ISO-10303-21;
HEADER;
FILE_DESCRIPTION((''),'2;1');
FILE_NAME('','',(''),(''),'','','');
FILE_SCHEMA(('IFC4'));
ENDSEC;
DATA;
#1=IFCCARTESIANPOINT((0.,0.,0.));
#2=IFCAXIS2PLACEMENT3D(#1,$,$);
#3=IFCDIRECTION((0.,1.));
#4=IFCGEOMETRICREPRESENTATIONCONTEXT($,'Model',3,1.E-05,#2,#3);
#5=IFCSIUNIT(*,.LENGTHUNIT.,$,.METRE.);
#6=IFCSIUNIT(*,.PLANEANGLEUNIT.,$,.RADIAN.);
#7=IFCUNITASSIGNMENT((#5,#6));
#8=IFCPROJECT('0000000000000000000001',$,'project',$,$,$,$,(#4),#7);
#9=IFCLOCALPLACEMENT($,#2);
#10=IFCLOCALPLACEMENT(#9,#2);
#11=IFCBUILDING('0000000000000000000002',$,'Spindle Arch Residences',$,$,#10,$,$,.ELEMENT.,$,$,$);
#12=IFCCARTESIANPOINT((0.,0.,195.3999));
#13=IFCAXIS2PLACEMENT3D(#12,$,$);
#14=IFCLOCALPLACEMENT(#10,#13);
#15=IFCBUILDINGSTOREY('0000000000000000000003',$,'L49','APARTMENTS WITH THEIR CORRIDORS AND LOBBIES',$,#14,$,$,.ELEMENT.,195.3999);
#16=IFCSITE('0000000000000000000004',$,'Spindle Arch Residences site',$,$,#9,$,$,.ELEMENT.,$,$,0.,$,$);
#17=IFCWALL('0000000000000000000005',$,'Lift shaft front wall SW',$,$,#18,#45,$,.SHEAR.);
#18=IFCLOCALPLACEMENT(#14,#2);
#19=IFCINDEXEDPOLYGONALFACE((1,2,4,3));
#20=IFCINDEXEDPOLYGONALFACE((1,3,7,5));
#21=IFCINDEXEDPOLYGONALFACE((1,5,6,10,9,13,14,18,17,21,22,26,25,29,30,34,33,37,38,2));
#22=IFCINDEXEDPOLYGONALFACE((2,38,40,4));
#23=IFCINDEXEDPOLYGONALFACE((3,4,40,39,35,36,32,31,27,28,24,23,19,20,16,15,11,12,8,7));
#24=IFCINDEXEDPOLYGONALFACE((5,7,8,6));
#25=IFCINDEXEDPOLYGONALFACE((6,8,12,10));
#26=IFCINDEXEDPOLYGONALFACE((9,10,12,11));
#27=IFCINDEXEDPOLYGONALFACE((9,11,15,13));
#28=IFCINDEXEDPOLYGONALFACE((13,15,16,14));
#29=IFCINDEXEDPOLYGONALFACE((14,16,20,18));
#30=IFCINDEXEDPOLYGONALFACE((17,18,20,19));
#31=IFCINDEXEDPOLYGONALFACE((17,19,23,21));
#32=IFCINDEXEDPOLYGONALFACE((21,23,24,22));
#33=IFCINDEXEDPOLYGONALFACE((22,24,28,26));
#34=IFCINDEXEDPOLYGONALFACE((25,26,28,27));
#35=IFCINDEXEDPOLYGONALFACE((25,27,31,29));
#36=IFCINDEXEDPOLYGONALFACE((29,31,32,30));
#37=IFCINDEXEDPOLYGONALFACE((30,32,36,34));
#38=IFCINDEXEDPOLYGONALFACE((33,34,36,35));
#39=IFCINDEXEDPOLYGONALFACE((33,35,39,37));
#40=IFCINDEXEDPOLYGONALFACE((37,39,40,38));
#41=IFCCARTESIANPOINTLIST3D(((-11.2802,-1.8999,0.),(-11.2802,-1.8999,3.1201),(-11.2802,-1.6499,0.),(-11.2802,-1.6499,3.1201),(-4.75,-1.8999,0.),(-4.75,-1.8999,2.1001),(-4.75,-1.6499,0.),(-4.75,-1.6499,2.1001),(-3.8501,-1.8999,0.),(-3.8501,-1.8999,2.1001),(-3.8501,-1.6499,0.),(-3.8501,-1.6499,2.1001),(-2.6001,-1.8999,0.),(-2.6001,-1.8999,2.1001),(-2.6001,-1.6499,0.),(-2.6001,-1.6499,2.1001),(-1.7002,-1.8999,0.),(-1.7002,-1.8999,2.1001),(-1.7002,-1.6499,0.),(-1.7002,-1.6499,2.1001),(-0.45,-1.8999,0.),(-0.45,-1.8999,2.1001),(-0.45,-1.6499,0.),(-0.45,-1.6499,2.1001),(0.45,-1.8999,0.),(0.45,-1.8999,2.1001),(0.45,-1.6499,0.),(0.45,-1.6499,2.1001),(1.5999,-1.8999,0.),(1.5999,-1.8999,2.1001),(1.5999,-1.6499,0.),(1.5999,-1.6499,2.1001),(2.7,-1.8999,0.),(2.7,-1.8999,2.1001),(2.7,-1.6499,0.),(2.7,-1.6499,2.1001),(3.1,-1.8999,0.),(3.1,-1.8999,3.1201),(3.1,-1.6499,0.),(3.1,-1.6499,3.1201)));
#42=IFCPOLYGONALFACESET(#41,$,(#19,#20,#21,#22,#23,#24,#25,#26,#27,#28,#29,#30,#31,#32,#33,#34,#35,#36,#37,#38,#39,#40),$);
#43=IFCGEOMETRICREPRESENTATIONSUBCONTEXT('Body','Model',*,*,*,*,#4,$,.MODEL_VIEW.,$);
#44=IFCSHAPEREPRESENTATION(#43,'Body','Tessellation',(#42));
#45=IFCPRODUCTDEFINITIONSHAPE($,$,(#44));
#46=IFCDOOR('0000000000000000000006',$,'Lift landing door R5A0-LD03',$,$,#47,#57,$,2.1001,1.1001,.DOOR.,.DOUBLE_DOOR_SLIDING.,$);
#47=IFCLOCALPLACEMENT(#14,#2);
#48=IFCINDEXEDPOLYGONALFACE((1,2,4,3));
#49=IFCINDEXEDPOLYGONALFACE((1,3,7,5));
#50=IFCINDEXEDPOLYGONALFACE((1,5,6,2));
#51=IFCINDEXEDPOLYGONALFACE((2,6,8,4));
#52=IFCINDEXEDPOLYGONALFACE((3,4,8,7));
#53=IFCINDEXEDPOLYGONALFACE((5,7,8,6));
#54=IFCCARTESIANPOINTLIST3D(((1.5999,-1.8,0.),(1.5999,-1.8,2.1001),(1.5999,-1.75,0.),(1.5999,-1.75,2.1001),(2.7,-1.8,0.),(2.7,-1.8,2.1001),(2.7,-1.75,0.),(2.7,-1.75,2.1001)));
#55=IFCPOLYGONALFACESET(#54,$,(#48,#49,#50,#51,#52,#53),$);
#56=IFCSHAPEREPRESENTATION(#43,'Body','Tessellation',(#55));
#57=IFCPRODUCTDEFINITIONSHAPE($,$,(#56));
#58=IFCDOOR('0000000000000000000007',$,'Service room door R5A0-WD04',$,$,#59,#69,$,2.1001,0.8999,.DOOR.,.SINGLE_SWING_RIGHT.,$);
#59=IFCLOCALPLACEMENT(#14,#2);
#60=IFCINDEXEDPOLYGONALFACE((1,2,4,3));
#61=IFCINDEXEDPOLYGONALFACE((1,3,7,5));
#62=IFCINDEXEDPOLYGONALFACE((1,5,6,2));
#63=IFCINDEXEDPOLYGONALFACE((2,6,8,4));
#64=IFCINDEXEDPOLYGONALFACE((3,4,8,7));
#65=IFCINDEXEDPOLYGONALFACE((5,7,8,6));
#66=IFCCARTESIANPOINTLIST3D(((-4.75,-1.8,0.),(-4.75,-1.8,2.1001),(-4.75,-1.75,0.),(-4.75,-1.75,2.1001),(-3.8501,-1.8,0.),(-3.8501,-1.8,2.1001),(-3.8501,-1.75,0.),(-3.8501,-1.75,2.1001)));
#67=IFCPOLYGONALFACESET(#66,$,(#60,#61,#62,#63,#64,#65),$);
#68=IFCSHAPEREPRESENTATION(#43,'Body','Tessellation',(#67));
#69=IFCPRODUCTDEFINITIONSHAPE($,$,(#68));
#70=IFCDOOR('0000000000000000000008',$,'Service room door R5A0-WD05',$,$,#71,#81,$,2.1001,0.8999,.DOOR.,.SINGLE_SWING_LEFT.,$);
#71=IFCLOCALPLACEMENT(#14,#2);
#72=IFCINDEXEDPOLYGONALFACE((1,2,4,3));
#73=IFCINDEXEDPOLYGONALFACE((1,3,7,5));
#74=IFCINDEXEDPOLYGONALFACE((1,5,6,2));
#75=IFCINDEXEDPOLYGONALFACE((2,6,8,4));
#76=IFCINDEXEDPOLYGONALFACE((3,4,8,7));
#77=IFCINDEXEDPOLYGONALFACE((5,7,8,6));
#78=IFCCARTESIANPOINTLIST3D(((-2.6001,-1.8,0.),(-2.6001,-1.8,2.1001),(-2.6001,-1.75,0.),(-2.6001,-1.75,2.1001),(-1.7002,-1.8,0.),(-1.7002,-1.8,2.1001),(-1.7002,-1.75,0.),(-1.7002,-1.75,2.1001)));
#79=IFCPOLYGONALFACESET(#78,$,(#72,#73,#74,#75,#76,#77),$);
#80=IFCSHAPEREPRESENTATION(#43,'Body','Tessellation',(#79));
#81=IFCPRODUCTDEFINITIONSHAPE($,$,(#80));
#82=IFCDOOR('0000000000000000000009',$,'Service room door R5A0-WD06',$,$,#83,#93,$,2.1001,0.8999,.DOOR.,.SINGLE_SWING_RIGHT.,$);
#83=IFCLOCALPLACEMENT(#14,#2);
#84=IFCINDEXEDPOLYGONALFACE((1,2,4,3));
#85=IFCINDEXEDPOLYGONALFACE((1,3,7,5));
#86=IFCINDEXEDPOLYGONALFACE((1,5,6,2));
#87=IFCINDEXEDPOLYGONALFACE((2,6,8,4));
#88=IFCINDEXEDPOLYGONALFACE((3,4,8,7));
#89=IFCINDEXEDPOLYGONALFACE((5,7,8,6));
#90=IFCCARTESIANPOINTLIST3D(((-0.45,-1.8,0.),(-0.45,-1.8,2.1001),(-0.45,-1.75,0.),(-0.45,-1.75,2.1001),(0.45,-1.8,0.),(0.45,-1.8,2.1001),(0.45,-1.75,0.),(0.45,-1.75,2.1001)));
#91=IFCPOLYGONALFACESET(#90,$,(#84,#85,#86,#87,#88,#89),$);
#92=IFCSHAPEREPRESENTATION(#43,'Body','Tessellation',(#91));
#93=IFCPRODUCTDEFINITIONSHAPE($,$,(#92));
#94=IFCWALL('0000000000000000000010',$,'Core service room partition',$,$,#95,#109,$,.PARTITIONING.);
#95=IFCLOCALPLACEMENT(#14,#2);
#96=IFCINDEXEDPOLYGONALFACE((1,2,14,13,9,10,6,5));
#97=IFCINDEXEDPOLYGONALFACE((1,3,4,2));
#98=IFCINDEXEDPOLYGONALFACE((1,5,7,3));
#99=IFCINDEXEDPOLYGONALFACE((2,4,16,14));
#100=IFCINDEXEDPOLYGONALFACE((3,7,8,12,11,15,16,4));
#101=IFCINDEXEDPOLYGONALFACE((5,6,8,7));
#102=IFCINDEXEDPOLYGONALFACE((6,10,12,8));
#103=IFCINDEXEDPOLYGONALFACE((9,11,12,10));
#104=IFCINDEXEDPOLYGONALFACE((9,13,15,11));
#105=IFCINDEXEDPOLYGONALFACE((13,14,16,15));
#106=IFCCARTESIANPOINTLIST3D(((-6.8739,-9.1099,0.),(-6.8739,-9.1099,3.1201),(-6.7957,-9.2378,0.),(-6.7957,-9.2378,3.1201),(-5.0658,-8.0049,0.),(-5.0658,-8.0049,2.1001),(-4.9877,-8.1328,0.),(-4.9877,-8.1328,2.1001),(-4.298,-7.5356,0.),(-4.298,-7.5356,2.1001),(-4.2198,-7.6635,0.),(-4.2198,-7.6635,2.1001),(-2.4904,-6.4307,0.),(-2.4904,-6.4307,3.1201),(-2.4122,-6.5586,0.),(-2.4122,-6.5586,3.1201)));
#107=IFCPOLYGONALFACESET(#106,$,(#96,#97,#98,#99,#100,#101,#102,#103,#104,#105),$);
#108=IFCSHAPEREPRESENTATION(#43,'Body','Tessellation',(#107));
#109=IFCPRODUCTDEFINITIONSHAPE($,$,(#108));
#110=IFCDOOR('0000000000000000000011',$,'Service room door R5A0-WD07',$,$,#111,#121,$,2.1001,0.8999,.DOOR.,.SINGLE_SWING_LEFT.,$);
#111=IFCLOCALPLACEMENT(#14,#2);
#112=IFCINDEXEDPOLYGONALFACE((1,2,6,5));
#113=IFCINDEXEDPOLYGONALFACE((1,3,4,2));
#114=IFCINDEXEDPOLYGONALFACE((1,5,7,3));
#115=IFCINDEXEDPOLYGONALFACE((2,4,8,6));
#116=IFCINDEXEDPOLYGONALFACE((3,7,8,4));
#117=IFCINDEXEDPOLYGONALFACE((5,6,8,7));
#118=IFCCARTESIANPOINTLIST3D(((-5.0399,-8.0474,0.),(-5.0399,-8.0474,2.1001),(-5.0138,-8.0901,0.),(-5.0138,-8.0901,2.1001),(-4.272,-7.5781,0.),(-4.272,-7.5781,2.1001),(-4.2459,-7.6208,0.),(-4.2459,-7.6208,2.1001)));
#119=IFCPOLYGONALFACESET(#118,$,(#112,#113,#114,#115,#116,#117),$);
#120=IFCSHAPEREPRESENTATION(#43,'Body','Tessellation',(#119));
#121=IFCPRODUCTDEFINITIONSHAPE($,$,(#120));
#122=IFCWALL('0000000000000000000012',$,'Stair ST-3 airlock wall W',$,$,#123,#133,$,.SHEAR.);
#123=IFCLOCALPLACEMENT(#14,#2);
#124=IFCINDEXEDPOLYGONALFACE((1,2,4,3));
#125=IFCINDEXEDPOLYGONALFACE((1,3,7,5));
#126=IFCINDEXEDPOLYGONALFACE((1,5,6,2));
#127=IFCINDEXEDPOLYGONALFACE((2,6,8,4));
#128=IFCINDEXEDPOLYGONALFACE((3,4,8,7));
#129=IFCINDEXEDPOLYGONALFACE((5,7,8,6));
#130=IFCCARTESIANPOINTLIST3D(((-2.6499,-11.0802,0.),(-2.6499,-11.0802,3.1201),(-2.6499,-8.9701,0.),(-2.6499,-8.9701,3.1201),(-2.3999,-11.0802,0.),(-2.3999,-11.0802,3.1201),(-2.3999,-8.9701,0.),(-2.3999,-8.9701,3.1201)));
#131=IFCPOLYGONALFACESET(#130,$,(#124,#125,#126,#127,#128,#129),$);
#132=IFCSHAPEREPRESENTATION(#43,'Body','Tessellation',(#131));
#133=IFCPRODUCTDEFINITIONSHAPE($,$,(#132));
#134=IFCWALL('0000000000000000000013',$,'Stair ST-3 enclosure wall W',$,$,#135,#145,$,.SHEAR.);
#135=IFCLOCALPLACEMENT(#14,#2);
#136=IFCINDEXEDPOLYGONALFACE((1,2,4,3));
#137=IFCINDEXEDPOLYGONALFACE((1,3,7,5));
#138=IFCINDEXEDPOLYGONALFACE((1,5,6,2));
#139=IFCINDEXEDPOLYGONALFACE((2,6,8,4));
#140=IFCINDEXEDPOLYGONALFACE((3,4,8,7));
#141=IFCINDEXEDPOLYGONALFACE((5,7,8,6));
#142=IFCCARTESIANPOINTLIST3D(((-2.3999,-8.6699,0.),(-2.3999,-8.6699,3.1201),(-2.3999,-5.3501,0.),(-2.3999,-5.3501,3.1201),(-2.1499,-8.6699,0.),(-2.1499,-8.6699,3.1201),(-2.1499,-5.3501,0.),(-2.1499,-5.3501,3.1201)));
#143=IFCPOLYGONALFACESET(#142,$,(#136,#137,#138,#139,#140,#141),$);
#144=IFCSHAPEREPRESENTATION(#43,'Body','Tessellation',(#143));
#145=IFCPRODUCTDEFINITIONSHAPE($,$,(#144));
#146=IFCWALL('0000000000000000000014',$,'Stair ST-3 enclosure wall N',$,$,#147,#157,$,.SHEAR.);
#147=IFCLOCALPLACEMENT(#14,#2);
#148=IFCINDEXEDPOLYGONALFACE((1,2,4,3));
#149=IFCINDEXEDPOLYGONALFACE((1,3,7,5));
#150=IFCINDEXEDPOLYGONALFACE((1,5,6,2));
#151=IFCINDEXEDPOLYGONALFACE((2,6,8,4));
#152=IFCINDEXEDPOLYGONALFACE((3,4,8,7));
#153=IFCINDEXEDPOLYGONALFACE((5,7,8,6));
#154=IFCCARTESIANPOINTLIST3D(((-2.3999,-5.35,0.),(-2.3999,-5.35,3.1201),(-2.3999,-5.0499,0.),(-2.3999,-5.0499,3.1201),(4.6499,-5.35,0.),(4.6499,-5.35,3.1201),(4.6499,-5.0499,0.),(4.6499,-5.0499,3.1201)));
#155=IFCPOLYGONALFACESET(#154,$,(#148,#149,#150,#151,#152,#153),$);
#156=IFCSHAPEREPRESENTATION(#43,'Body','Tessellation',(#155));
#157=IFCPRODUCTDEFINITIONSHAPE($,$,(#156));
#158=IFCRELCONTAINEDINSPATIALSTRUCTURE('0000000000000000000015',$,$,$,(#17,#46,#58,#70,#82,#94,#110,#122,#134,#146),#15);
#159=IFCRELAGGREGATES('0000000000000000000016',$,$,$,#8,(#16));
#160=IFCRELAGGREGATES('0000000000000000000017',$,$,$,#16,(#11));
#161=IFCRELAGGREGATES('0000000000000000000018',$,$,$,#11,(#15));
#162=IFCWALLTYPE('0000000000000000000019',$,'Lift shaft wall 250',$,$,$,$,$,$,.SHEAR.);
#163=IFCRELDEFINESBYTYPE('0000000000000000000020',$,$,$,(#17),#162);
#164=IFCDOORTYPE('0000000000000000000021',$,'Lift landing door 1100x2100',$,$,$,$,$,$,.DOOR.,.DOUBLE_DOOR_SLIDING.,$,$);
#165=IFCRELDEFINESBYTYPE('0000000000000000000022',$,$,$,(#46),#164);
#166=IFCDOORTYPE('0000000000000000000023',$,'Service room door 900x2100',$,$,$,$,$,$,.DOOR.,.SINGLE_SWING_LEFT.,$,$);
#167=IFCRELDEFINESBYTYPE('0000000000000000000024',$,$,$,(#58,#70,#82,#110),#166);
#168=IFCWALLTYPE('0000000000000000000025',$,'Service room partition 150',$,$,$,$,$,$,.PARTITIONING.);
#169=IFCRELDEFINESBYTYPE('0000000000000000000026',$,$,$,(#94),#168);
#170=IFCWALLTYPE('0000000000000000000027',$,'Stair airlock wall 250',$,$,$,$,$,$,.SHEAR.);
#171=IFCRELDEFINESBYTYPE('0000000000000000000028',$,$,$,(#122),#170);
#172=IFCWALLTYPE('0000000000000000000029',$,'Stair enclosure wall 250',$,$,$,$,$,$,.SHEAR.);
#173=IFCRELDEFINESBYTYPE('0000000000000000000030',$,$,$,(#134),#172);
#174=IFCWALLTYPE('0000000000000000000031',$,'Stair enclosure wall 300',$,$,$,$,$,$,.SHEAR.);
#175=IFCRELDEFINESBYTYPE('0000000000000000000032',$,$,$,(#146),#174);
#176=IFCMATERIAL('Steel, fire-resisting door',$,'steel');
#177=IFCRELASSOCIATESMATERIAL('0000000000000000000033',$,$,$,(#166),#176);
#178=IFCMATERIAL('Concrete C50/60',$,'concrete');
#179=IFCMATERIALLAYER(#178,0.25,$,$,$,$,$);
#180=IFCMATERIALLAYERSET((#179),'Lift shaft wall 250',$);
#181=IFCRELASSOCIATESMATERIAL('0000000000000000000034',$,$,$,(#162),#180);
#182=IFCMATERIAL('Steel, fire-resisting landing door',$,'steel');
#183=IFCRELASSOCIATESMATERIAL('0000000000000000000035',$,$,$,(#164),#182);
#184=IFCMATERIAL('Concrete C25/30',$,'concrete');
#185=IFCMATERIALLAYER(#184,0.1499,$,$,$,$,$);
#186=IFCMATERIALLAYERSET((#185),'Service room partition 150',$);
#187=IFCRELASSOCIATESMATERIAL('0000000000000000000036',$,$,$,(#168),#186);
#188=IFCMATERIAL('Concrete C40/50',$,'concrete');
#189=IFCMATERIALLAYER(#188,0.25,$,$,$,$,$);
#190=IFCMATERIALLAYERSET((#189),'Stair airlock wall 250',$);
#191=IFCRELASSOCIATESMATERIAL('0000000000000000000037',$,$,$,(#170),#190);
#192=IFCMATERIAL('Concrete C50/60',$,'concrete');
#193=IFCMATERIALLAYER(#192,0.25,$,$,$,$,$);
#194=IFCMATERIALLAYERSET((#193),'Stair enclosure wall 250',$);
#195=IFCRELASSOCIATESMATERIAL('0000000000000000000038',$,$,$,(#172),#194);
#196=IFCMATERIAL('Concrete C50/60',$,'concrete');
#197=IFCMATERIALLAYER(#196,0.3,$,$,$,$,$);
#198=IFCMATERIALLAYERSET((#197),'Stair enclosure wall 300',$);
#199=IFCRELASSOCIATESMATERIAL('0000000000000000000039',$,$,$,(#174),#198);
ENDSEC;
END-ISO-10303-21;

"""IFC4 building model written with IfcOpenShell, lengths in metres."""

from ifc_helpers import new_model, si_unit, direction, frame, frame_2d, origin, place, context, subcontext, project, spatial, rectangle, extrude, material, layer, layer_set, type_object, element, fill, save


model = new_model("IFC4")

# Units and contexts
model_context = context("Model", 3, precision=1e-05, world=origin(), true_north=direction((0.0, 1.0)))
body_context = subcontext(model_context, "Body", "Model", "MODEL_VIEW")
ifc_project = project(units=[si_unit("LENGTHUNIT", "METRE"), si_unit("PLANEANGLEUNIT", "RADIAN")], contexts=[model_context])

# Site, building, storey
site_placement = place(None, origin())
site = spatial("IfcSite", under=ifc_project, at=site_placement, Name="Spindle Arch Residences site", CompositionType="ELEMENT", RefElevation=0.0)
building_placement = place(site_placement, origin())
building = spatial("IfcBuilding", under=site, at=building_placement, Name="Spindle Arch Residences", CompositionType="ELEMENT")
storey_placement = place(building_placement, frame((0.0, 0.0, 195.3999)))
storey = spatial("IfcBuildingStorey", under=building, at=storey_placement, Name="L49", Description="APARTMENTS WITH THEIR CORRIDORS AND LOBBIES", CompositionType="ELEMENT", Elevation=195.3999)

# Shared definitions
ifc_material_1 = material(Name="Steel, fire-resisting door", Category="steel")
door_type_1 = type_object("IfcDoorType", Name="Service room door 900x2100", OperationType="SINGLE_SWING_LEFT", PredefinedType="DOOR", material=ifc_material_1)

# Wall, openings, doors
ifc_material_2 = material(Name="Concrete C50/60", Category="concrete")
ifc_layer_1 = layer(ifc_material_2, 0.25)
ifc_layer_set_1 = layer_set([ifc_layer_1], Name="Lift shaft wall 250")
wall_type_1 = type_object("IfcWallType", Name="Lift shaft wall 250", PredefinedType="SHEAR", material=ifc_layer_set_1)
wall_1_placement = place(storey_placement, frame((-11.28, -1.7749, 0.0), z_axis=(0.0, 0.0, 1.0), x_axis=(1.0, 0.0, 0.0)))
wall_1 = element("IfcWall", 1, at=wall_1_placement, inside=storey, type_object=wall_type_1, Name="Lift shaft front wall SW", PredefinedType="SHEAR", context=body_context, shape_type="SweptSolid", body=[
    extrude(rectangle(XDim=14.3801, YDim=0.25, at=frame_2d((7.1899, 0.0))), origin(), (0.0, 0.0, 1.0), 3.1201),
])
opening_1_placement = place(wall_1_placement, frame((12.8799, 0.0, 0.0)))
opening_1 = element("IfcOpeningElement", 2, at=opening_1_placement, cuts=wall_1, PredefinedType="OPENING", context=body_context, shape_type="SweptSolid", body=[
    extrude(rectangle(XDim=1.1001, YDim=2.1001, at=frame_2d((0.55, 1.05))), frame((0.0, 0.135, 0.0), z_axis=(0.0, -1.0, 0.0), x_axis=(1.0, 0.0, 0.0)), (0.0, 0.0, 1.0), 0.27),
])
opening_2_placement = place(wall_1_placement, frame((6.53, 0.0, 0.0)))
opening_2 = element("IfcOpeningElement", 3, at=opening_2_placement, cuts=wall_1, PredefinedType="OPENING", context=body_context, shape_type="SweptSolid", body=[
    extrude(rectangle(XDim=0.8999, YDim=2.1001, at=frame_2d((0.45, 1.05))), frame((0.0, 0.135, 0.0), z_axis=(0.0, -1.0, 0.0), x_axis=(1.0, 0.0, 0.0)), (0.0, 0.0, 1.0), 0.27),
])
opening_3_placement = place(wall_1_placement, frame((8.6799, 0.0, 0.0)))
opening_3 = element("IfcOpeningElement", 4, at=opening_3_placement, cuts=wall_1, PredefinedType="OPENING", context=body_context, shape_type="SweptSolid", body=[
    extrude(rectangle(XDim=0.8999, YDim=2.1001, at=frame_2d((0.45, 1.05))), frame((0.0, 0.135, 0.0), z_axis=(0.0, -1.0, 0.0), x_axis=(1.0, 0.0, 0.0)), (0.0, 0.0, 1.0), 0.27),
])
opening_4_placement = place(wall_1_placement, frame((10.8301, 0.0, 0.0)))
opening_4 = element("IfcOpeningElement", 5, at=opening_4_placement, cuts=wall_1, PredefinedType="OPENING", context=body_context, shape_type="SweptSolid", body=[
    extrude(rectangle(XDim=0.8999, YDim=2.1001, at=frame_2d((0.45, 1.05))), frame((0.0, 0.135, 0.0), z_axis=(0.0, -1.0, 0.0), x_axis=(1.0, 0.0, 0.0)), (0.0, 0.0, 1.0), 0.27),
])
ifc_material_3 = material(Name="Steel, fire-resisting landing door", Category="steel")
door_type_2 = type_object("IfcDoorType", Name="Lift landing door 1100x2100", OperationType="DOUBLE_DOOR_SLIDING", PredefinedType="DOOR", material=ifc_material_3)
door_1_placement = place(opening_1_placement, origin())
door_1 = element("IfcDoor", 6, at=door_1_placement, inside=storey, type_object=door_type_2, Name="Lift landing door R5A0-LD03", OperationType="DOUBLE_DOOR_SLIDING", OverallHeight=2.1001, OverallWidth=1.1001, PredefinedType="DOOR", context=body_context, shape_type="SweptSolid", body=[
    extrude(rectangle(XDim=1.1001, YDim=2.1001, at=frame_2d((0.55, 1.05))), frame((0.0, 0.0249, 0.0), z_axis=(0.0, -1.0, 0.0), x_axis=(1.0, 0.0, 0.0)), (0.0, 0.0, 1.0), 0.05),
])
fill(opening_1, door_1)
door_2_placement = place(opening_2_placement, origin())
door_2 = element("IfcDoor", 7, at=door_2_placement, inside=storey, type_object=door_type_1, Name="Service room door R5A0-WD04", OperationType="SINGLE_SWING_RIGHT", OverallHeight=2.1001, OverallWidth=0.8999, PredefinedType="DOOR", context=body_context, shape_type="SweptSolid", body=[
    extrude(rectangle(XDim=0.8999, YDim=2.1001, at=frame_2d((0.45, 1.05))), frame((0.0, 0.0249, 0.0), z_axis=(0.0, -1.0, 0.0), x_axis=(1.0, 0.0, 0.0)), (0.0, 0.0, 1.0), 0.05),
])
fill(opening_2, door_2)
door_3_placement = place(opening_3_placement, origin())
door_3 = element("IfcDoor", 8, at=door_3_placement, inside=storey, type_object=door_type_1, Name="Service room door R5A0-WD05", OperationType="SINGLE_SWING_LEFT", OverallHeight=2.1001, OverallWidth=0.8999, PredefinedType="DOOR", context=body_context, shape_type="SweptSolid", body=[
    extrude(rectangle(XDim=0.8999, YDim=2.1001, at=frame_2d((0.45, 1.05))), frame((0.0, 0.0249, 0.0), z_axis=(0.0, -1.0, 0.0), x_axis=(1.0, 0.0, 0.0)), (0.0, 0.0, 1.0), 0.05),
])
fill(opening_3, door_3)
door_4_placement = place(opening_4_placement, origin())
door_4 = element("IfcDoor", 9, at=door_4_placement, inside=storey, type_object=door_type_1, Name="Service room door R5A0-WD06", OperationType="SINGLE_SWING_RIGHT", OverallHeight=2.1001, OverallWidth=0.8999, PredefinedType="DOOR", context=body_context, shape_type="SweptSolid", body=[
    extrude(rectangle(XDim=0.8999, YDim=2.1001, at=frame_2d((0.45, 1.05))), frame((0.0, 0.0249, 0.0), z_axis=(0.0, -1.0, 0.0), x_axis=(1.0, 0.0, 0.0)), (0.0, 0.0, 1.0), 0.05),
])
fill(opening_4, door_4)

# Wall, opening, door
ifc_material_4 = material(Name="Concrete C25/30", Category="concrete")
ifc_layer_2 = layer(ifc_material_4, 0.1499)
ifc_layer_set_2 = layer_set([ifc_layer_2], Name="Service room partition 150")
wall_type_2 = type_object("IfcWallType", Name="Service room partition 150", PredefinedType="PARTITIONING", material=ifc_layer_set_2)
wall_2_placement = place(storey_placement, frame((-2.4512, -6.4946, 0.0), z_axis=(0.0, 0.0, 1.0), x_axis=(-0.85325, -0.521502, 0.0)))
wall_2 = element("IfcWall", 10, at=wall_2_placement, inside=storey, type_object=wall_type_2, Name="Core service room partition", PredefinedType="PARTITIONING", context=body_context, shape_type="SweptSolid", body=[
    extrude(rectangle(XDim=5.1375, YDim=0.1499, at=frame_2d((2.5688, 0.0))), origin(), (0.0, 0.0, 1.0), 3.1201),
])
opening_5_placement = place(wall_2_placement, frame((2.1187, 0.0, 0.0)))
opening_5 = element("IfcOpeningElement", 11, at=opening_5_placement, cuts=wall_2, PredefinedType="OPENING", context=body_context, shape_type="SweptSolid", body=[
    extrude(rectangle(XDim=0.8999, YDim=2.1001, at=frame_2d((0.45, 1.05))), frame((0.0, 0.085, 0.0), z_axis=(0.0, -1.0, 0.0), x_axis=(1.0, 0.0, 0.0)), (0.0, 0.0, 1.0), 0.1699),
])
door_5_placement = place(opening_5_placement, origin())
door_5 = element("IfcDoor", 12, at=door_5_placement, inside=storey, type_object=door_type_1, Name="Service room door R5A0-WD07", OperationType="SINGLE_SWING_LEFT", OverallHeight=2.1001, OverallWidth=0.8999, PredefinedType="DOOR", context=body_context, shape_type="SweptSolid", body=[
    extrude(rectangle(XDim=0.8999, YDim=2.1001, at=frame_2d((0.45, 1.05))), frame((0.0, 0.0249, 0.0), z_axis=(0.0, -1.0, 0.0), x_axis=(1.0, 0.0, 0.0)), (0.0, 0.0, 1.0), 0.05),
])
fill(opening_5, door_5)

# Walls
ifc_material_5 = material(Name="Concrete C40/50", Category="concrete")
ifc_layer_3 = layer(ifc_material_5, 0.25)
ifc_layer_set_3 = layer_set([ifc_layer_3], Name="Stair airlock wall 250")
wall_type_3 = type_object("IfcWallType", Name="Stair airlock wall 250", PredefinedType="SHEAR", material=ifc_layer_set_3)
wall_3_placement = place(storey_placement, frame((-2.5249, -8.97, 0.0), z_axis=(0.0, 0.0, 1.0), x_axis=(0.0, -1.0, 0.0)))
element("IfcWall", 13, at=wall_3_placement, inside=storey, type_object=wall_type_3, Name="Stair ST-3 airlock wall W", PredefinedType="SHEAR", context=body_context, shape_type="SweptSolid", body=[
    extrude(rectangle(XDim=2.1101, YDim=0.25, at=frame_2d((1.0552, 0.0))), origin(), (0.0, 0.0, 1.0), 3.1201),
])
ifc_material_6 = material(Name="Concrete C50/60", Category="concrete")
ifc_layer_4 = layer(ifc_material_6, 0.25)
ifc_layer_set_4 = layer_set([ifc_layer_4], Name="Stair enclosure wall 250")
wall_type_4 = type_object("IfcWallType", Name="Stair enclosure wall 250", PredefinedType="SHEAR", material=ifc_layer_set_4)
wall_4_placement = place(storey_placement, frame((-2.2749, -8.6699, 0.0), z_axis=(0.0, 0.0, 1.0), x_axis=(0.0, 1.0, 0.0)))
element("IfcWall", 14, at=wall_4_placement, inside=storey, type_object=wall_type_4, Name="Stair ST-3 enclosure wall W", PredefinedType="SHEAR", context=body_context, shape_type="SweptSolid", body=[
    extrude(rectangle(XDim=3.3198, YDim=0.25, at=frame_2d((1.6599, 0.0))), origin(), (0.0, 0.0, 1.0), 3.1201),
])
ifc_material_7 = material(Name="Concrete C50/60", Category="concrete")
ifc_layer_5 = layer(ifc_material_7, 0.3)
ifc_layer_set_5 = layer_set([ifc_layer_5], Name="Stair enclosure wall 300")
wall_type_5 = type_object("IfcWallType", Name="Stair enclosure wall 300", PredefinedType="SHEAR", material=ifc_layer_set_5)
wall_5_placement = place(storey_placement, frame((-2.3999, -5.2, 0.0), z_axis=(0.0, 0.0, 1.0), x_axis=(1.0, 0.0, 0.0)))
element("IfcWall", 15, at=wall_5_placement, inside=storey, type_object=wall_type_5, Name="Stair ST-3 enclosure wall N", PredefinedType="SHEAR", context=body_context, shape_type="SweptSolid", body=[
    extrude(rectangle(XDim=7.0498, YDim=0.3, at=frame_2d((3.5249, 0.0))), origin(), (0.0, 0.0, 1.0), 3.1201),
])

save(model, "model.ifc")
